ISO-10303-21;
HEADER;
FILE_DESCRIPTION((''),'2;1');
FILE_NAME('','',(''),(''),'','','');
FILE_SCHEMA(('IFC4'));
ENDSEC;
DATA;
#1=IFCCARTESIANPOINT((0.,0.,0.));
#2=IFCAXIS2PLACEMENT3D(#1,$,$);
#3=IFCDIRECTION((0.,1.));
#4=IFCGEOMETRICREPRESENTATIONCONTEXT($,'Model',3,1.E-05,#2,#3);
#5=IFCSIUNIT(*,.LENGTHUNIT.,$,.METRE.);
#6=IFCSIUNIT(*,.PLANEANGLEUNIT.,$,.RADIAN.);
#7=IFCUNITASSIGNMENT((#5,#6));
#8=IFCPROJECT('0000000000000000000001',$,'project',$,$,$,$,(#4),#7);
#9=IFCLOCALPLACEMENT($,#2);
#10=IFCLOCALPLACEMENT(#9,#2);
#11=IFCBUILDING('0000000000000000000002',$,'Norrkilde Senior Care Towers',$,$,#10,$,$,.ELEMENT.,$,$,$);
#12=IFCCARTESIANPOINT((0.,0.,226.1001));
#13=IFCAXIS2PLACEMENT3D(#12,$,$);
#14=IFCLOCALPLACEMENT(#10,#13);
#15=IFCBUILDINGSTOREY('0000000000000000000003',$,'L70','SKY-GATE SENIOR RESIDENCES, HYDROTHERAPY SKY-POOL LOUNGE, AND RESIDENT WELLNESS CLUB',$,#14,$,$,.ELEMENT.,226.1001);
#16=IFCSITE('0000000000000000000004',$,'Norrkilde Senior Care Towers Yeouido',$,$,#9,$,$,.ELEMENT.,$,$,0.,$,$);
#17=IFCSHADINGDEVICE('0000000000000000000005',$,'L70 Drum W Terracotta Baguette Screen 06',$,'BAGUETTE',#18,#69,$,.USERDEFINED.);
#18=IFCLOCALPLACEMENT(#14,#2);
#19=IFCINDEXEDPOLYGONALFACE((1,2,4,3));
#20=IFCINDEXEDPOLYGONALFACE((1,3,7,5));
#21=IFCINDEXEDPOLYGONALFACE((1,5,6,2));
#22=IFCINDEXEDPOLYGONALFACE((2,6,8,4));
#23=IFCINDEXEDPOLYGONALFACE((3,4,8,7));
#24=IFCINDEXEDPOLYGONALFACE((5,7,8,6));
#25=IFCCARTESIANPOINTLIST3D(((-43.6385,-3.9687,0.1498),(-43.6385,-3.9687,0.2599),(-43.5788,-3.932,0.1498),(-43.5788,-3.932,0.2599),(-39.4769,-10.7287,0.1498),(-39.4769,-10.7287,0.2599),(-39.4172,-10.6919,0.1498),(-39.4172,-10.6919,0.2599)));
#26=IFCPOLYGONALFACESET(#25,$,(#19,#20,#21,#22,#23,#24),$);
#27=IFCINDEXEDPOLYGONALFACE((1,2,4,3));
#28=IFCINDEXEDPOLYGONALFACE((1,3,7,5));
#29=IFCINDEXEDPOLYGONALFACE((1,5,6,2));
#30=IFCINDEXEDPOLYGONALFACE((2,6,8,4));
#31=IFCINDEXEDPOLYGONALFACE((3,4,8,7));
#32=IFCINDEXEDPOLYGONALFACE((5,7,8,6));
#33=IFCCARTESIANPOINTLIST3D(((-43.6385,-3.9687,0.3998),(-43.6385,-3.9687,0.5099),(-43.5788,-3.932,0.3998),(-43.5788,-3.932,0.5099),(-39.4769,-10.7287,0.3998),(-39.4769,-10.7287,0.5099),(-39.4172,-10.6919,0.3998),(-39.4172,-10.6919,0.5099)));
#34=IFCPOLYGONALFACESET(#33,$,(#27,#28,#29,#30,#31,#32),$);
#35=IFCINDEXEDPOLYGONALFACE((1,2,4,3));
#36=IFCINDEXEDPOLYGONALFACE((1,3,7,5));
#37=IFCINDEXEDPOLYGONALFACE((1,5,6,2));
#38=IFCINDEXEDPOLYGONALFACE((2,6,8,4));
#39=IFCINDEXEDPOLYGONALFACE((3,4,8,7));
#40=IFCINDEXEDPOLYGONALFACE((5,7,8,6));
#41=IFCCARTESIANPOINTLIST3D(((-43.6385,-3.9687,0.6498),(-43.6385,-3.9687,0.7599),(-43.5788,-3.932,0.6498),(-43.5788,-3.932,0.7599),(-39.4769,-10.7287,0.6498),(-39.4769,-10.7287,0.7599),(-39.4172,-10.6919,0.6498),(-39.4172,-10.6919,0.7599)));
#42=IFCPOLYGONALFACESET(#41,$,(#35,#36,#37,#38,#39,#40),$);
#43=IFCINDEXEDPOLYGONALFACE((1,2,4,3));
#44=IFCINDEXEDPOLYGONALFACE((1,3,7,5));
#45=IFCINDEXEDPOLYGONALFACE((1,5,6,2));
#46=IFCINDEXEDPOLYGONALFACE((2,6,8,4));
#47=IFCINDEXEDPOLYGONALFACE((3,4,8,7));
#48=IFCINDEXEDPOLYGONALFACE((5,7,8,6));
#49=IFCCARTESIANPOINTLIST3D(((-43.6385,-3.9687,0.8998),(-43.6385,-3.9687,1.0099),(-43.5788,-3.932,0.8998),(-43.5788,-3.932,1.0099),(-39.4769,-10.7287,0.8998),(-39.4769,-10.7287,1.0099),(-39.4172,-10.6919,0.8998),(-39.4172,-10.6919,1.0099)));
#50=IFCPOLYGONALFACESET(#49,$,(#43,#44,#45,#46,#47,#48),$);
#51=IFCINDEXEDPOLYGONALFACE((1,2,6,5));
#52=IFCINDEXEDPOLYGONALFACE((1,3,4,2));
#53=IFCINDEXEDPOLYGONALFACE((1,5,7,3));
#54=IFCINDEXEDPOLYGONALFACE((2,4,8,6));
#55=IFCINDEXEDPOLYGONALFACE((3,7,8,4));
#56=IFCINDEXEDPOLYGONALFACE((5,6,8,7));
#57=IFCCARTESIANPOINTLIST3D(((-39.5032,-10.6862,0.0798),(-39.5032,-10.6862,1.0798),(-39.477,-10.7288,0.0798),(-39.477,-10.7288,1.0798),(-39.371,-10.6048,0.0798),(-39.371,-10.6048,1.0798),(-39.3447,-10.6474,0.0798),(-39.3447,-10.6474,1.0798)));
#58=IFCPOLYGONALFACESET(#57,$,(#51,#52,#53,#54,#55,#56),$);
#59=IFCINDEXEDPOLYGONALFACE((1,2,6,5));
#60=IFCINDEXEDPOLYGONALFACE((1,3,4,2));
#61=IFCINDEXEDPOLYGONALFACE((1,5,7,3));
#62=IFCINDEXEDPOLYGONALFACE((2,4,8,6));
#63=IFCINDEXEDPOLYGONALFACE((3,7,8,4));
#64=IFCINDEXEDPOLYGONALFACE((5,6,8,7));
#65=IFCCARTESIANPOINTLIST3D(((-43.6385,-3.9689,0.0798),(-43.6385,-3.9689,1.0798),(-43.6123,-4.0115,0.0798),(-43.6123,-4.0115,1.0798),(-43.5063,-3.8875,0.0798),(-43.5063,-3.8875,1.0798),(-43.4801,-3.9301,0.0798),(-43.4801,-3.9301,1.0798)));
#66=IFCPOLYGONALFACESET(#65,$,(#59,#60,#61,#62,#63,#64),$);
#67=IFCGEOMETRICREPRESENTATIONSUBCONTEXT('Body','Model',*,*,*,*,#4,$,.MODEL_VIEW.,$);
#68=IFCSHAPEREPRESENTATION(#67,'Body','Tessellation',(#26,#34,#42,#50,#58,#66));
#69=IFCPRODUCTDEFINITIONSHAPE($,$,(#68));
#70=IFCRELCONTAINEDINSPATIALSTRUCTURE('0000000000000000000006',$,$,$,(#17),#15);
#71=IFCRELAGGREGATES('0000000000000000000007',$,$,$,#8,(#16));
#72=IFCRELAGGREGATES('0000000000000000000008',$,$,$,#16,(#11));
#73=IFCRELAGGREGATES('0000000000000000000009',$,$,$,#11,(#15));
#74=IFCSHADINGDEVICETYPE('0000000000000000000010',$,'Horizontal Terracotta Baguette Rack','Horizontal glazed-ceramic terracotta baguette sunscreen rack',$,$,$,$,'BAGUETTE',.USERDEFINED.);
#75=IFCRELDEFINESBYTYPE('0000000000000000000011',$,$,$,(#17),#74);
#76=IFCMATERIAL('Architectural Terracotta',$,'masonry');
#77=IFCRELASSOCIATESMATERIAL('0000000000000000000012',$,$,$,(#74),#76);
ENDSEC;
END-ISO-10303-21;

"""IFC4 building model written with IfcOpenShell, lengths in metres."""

from ifc_helpers import new_model, si_unit, direction, frame, origin, origin_2d, place, context, subcontext, project, spatial, rectangle, extrude, source, transform, mapped, material, type_object, type_shapes, element, save


model = new_model("IFC4")

# Units and contexts
model_context = context("Model", 3, precision=1e-05, world=origin(), true_north=direction((0.0, 1.0)))
body_context = subcontext(model_context, "Body", "Model", "MODEL_VIEW")
ifc_project = project(units=[si_unit("LENGTHUNIT", "METRE"), si_unit("PLANEANGLEUNIT", "RADIAN")], contexts=[model_context])

# Site, building, storey
site_placement = place(None, origin())
site = spatial("IfcSite", under=ifc_project, at=site_placement, Name="Norrkilde Senior Care Towers Yeouido", CompositionType="ELEMENT", RefElevation=0.0)
building_placement = place(site_placement, origin())
building = spatial("IfcBuilding", under=site, at=building_placement, Name="Norrkilde Senior Care Towers", CompositionType="ELEMENT")
storey_placement = place(building_placement, frame((0.0, 0.0, 226.1001)))
storey = spatial("IfcBuildingStorey", under=building, at=storey_placement, Name="L70", Description="SKY-GATE SENIOR RESIDENCES, HYDROTHERAPY SKY-POOL LOUNGE, AND RESIDENT WELLNESS CLUB", CompositionType="ELEMENT", Elevation=226.1001)

# Shading device
ifc_material_1 = material(Name="Architectural Terracotta", Category="masonry")
shading_device_type = type_object("IfcShadingDeviceType", Name="Horizontal Terracotta Baguette Rack", Description="Horizontal glazed-ceramic terracotta baguette sunscreen rack", ElementType="BAGUETTE", PredefinedType="USERDEFINED", material=ifc_material_1)
shared_shape_1 = source(origin(), body_context, "Body", "SweptSolid", [
    extrude(rectangle(XDim=0.0701, YDim=0.1101, at=origin_2d()), frame((0.0, 0.0901, 0.125), z_axis=(1.0, 0.0, 0.0), x_axis=(0.0, 1.0, 0.0)), (0.0, 0.0, 1.0), 7.9382),
    extrude(rectangle(XDim=0.0701, YDim=0.1101, at=origin_2d()), frame((0.0, 0.0901, 0.375), z_axis=(1.0, 0.0, 0.0), x_axis=(0.0, 1.0, 0.0)), (0.0, 0.0, 1.0), 7.9382),
    extrude(rectangle(XDim=0.0701, YDim=0.1101, at=origin_2d()), frame((0.0, 0.0901, 0.625), z_axis=(1.0, 0.0, 0.0), x_axis=(0.0, 1.0, 0.0)), (0.0, 0.0, 1.0), 7.9382),
    extrude(rectangle(XDim=0.0701, YDim=0.1101, at=origin_2d()), frame((0.0, 0.0901, 0.875), z_axis=(1.0, 0.0, 0.0), x_axis=(0.0, 1.0, 0.0)), (0.0, 0.0, 1.0), 7.9382),
    extrude(rectangle(XDim=0.05, YDim=0.1553, at=origin_2d()), frame((0.0249, 0.0476, 0.0)), (0.0, 0.0, 1.0), 1.0),
    extrude(rectangle(XDim=0.05, YDim=0.1553, at=origin_2d()), frame((7.9131, 0.0476, 0.0)), (0.0, 0.0, 1.0), 1.0),
])
type_shapes(shading_device_type, [shared_shape_1])
shading_device_placement = place(storey_placement, frame((-39.3704, -10.6631, 0.0798), z_axis=(0.0, 0.0, 1.0), x_axis=(-0.52425, 0.851576, 0.0)))
element("IfcShadingDevice", 1, at=shading_device_placement, inside=storey, type_object=shading_device_type, Name="L70 Drum W Terracotta Baguette Screen 06", ObjectType="BAGUETTE", PredefinedType="USERDEFINED", context=body_context, shape_type="MappedRepresentation", body=[
    mapped(shared_shape_1, transform((0.0, 0.0, 0.0), x_axis=(1.0, 0.0, 0.0), y_axis=(0.0, 1.0, 0.0), z_axis=(0.0, 0.0, 1.0), scale=1.0)),
])

save(model, "model.ifc")
